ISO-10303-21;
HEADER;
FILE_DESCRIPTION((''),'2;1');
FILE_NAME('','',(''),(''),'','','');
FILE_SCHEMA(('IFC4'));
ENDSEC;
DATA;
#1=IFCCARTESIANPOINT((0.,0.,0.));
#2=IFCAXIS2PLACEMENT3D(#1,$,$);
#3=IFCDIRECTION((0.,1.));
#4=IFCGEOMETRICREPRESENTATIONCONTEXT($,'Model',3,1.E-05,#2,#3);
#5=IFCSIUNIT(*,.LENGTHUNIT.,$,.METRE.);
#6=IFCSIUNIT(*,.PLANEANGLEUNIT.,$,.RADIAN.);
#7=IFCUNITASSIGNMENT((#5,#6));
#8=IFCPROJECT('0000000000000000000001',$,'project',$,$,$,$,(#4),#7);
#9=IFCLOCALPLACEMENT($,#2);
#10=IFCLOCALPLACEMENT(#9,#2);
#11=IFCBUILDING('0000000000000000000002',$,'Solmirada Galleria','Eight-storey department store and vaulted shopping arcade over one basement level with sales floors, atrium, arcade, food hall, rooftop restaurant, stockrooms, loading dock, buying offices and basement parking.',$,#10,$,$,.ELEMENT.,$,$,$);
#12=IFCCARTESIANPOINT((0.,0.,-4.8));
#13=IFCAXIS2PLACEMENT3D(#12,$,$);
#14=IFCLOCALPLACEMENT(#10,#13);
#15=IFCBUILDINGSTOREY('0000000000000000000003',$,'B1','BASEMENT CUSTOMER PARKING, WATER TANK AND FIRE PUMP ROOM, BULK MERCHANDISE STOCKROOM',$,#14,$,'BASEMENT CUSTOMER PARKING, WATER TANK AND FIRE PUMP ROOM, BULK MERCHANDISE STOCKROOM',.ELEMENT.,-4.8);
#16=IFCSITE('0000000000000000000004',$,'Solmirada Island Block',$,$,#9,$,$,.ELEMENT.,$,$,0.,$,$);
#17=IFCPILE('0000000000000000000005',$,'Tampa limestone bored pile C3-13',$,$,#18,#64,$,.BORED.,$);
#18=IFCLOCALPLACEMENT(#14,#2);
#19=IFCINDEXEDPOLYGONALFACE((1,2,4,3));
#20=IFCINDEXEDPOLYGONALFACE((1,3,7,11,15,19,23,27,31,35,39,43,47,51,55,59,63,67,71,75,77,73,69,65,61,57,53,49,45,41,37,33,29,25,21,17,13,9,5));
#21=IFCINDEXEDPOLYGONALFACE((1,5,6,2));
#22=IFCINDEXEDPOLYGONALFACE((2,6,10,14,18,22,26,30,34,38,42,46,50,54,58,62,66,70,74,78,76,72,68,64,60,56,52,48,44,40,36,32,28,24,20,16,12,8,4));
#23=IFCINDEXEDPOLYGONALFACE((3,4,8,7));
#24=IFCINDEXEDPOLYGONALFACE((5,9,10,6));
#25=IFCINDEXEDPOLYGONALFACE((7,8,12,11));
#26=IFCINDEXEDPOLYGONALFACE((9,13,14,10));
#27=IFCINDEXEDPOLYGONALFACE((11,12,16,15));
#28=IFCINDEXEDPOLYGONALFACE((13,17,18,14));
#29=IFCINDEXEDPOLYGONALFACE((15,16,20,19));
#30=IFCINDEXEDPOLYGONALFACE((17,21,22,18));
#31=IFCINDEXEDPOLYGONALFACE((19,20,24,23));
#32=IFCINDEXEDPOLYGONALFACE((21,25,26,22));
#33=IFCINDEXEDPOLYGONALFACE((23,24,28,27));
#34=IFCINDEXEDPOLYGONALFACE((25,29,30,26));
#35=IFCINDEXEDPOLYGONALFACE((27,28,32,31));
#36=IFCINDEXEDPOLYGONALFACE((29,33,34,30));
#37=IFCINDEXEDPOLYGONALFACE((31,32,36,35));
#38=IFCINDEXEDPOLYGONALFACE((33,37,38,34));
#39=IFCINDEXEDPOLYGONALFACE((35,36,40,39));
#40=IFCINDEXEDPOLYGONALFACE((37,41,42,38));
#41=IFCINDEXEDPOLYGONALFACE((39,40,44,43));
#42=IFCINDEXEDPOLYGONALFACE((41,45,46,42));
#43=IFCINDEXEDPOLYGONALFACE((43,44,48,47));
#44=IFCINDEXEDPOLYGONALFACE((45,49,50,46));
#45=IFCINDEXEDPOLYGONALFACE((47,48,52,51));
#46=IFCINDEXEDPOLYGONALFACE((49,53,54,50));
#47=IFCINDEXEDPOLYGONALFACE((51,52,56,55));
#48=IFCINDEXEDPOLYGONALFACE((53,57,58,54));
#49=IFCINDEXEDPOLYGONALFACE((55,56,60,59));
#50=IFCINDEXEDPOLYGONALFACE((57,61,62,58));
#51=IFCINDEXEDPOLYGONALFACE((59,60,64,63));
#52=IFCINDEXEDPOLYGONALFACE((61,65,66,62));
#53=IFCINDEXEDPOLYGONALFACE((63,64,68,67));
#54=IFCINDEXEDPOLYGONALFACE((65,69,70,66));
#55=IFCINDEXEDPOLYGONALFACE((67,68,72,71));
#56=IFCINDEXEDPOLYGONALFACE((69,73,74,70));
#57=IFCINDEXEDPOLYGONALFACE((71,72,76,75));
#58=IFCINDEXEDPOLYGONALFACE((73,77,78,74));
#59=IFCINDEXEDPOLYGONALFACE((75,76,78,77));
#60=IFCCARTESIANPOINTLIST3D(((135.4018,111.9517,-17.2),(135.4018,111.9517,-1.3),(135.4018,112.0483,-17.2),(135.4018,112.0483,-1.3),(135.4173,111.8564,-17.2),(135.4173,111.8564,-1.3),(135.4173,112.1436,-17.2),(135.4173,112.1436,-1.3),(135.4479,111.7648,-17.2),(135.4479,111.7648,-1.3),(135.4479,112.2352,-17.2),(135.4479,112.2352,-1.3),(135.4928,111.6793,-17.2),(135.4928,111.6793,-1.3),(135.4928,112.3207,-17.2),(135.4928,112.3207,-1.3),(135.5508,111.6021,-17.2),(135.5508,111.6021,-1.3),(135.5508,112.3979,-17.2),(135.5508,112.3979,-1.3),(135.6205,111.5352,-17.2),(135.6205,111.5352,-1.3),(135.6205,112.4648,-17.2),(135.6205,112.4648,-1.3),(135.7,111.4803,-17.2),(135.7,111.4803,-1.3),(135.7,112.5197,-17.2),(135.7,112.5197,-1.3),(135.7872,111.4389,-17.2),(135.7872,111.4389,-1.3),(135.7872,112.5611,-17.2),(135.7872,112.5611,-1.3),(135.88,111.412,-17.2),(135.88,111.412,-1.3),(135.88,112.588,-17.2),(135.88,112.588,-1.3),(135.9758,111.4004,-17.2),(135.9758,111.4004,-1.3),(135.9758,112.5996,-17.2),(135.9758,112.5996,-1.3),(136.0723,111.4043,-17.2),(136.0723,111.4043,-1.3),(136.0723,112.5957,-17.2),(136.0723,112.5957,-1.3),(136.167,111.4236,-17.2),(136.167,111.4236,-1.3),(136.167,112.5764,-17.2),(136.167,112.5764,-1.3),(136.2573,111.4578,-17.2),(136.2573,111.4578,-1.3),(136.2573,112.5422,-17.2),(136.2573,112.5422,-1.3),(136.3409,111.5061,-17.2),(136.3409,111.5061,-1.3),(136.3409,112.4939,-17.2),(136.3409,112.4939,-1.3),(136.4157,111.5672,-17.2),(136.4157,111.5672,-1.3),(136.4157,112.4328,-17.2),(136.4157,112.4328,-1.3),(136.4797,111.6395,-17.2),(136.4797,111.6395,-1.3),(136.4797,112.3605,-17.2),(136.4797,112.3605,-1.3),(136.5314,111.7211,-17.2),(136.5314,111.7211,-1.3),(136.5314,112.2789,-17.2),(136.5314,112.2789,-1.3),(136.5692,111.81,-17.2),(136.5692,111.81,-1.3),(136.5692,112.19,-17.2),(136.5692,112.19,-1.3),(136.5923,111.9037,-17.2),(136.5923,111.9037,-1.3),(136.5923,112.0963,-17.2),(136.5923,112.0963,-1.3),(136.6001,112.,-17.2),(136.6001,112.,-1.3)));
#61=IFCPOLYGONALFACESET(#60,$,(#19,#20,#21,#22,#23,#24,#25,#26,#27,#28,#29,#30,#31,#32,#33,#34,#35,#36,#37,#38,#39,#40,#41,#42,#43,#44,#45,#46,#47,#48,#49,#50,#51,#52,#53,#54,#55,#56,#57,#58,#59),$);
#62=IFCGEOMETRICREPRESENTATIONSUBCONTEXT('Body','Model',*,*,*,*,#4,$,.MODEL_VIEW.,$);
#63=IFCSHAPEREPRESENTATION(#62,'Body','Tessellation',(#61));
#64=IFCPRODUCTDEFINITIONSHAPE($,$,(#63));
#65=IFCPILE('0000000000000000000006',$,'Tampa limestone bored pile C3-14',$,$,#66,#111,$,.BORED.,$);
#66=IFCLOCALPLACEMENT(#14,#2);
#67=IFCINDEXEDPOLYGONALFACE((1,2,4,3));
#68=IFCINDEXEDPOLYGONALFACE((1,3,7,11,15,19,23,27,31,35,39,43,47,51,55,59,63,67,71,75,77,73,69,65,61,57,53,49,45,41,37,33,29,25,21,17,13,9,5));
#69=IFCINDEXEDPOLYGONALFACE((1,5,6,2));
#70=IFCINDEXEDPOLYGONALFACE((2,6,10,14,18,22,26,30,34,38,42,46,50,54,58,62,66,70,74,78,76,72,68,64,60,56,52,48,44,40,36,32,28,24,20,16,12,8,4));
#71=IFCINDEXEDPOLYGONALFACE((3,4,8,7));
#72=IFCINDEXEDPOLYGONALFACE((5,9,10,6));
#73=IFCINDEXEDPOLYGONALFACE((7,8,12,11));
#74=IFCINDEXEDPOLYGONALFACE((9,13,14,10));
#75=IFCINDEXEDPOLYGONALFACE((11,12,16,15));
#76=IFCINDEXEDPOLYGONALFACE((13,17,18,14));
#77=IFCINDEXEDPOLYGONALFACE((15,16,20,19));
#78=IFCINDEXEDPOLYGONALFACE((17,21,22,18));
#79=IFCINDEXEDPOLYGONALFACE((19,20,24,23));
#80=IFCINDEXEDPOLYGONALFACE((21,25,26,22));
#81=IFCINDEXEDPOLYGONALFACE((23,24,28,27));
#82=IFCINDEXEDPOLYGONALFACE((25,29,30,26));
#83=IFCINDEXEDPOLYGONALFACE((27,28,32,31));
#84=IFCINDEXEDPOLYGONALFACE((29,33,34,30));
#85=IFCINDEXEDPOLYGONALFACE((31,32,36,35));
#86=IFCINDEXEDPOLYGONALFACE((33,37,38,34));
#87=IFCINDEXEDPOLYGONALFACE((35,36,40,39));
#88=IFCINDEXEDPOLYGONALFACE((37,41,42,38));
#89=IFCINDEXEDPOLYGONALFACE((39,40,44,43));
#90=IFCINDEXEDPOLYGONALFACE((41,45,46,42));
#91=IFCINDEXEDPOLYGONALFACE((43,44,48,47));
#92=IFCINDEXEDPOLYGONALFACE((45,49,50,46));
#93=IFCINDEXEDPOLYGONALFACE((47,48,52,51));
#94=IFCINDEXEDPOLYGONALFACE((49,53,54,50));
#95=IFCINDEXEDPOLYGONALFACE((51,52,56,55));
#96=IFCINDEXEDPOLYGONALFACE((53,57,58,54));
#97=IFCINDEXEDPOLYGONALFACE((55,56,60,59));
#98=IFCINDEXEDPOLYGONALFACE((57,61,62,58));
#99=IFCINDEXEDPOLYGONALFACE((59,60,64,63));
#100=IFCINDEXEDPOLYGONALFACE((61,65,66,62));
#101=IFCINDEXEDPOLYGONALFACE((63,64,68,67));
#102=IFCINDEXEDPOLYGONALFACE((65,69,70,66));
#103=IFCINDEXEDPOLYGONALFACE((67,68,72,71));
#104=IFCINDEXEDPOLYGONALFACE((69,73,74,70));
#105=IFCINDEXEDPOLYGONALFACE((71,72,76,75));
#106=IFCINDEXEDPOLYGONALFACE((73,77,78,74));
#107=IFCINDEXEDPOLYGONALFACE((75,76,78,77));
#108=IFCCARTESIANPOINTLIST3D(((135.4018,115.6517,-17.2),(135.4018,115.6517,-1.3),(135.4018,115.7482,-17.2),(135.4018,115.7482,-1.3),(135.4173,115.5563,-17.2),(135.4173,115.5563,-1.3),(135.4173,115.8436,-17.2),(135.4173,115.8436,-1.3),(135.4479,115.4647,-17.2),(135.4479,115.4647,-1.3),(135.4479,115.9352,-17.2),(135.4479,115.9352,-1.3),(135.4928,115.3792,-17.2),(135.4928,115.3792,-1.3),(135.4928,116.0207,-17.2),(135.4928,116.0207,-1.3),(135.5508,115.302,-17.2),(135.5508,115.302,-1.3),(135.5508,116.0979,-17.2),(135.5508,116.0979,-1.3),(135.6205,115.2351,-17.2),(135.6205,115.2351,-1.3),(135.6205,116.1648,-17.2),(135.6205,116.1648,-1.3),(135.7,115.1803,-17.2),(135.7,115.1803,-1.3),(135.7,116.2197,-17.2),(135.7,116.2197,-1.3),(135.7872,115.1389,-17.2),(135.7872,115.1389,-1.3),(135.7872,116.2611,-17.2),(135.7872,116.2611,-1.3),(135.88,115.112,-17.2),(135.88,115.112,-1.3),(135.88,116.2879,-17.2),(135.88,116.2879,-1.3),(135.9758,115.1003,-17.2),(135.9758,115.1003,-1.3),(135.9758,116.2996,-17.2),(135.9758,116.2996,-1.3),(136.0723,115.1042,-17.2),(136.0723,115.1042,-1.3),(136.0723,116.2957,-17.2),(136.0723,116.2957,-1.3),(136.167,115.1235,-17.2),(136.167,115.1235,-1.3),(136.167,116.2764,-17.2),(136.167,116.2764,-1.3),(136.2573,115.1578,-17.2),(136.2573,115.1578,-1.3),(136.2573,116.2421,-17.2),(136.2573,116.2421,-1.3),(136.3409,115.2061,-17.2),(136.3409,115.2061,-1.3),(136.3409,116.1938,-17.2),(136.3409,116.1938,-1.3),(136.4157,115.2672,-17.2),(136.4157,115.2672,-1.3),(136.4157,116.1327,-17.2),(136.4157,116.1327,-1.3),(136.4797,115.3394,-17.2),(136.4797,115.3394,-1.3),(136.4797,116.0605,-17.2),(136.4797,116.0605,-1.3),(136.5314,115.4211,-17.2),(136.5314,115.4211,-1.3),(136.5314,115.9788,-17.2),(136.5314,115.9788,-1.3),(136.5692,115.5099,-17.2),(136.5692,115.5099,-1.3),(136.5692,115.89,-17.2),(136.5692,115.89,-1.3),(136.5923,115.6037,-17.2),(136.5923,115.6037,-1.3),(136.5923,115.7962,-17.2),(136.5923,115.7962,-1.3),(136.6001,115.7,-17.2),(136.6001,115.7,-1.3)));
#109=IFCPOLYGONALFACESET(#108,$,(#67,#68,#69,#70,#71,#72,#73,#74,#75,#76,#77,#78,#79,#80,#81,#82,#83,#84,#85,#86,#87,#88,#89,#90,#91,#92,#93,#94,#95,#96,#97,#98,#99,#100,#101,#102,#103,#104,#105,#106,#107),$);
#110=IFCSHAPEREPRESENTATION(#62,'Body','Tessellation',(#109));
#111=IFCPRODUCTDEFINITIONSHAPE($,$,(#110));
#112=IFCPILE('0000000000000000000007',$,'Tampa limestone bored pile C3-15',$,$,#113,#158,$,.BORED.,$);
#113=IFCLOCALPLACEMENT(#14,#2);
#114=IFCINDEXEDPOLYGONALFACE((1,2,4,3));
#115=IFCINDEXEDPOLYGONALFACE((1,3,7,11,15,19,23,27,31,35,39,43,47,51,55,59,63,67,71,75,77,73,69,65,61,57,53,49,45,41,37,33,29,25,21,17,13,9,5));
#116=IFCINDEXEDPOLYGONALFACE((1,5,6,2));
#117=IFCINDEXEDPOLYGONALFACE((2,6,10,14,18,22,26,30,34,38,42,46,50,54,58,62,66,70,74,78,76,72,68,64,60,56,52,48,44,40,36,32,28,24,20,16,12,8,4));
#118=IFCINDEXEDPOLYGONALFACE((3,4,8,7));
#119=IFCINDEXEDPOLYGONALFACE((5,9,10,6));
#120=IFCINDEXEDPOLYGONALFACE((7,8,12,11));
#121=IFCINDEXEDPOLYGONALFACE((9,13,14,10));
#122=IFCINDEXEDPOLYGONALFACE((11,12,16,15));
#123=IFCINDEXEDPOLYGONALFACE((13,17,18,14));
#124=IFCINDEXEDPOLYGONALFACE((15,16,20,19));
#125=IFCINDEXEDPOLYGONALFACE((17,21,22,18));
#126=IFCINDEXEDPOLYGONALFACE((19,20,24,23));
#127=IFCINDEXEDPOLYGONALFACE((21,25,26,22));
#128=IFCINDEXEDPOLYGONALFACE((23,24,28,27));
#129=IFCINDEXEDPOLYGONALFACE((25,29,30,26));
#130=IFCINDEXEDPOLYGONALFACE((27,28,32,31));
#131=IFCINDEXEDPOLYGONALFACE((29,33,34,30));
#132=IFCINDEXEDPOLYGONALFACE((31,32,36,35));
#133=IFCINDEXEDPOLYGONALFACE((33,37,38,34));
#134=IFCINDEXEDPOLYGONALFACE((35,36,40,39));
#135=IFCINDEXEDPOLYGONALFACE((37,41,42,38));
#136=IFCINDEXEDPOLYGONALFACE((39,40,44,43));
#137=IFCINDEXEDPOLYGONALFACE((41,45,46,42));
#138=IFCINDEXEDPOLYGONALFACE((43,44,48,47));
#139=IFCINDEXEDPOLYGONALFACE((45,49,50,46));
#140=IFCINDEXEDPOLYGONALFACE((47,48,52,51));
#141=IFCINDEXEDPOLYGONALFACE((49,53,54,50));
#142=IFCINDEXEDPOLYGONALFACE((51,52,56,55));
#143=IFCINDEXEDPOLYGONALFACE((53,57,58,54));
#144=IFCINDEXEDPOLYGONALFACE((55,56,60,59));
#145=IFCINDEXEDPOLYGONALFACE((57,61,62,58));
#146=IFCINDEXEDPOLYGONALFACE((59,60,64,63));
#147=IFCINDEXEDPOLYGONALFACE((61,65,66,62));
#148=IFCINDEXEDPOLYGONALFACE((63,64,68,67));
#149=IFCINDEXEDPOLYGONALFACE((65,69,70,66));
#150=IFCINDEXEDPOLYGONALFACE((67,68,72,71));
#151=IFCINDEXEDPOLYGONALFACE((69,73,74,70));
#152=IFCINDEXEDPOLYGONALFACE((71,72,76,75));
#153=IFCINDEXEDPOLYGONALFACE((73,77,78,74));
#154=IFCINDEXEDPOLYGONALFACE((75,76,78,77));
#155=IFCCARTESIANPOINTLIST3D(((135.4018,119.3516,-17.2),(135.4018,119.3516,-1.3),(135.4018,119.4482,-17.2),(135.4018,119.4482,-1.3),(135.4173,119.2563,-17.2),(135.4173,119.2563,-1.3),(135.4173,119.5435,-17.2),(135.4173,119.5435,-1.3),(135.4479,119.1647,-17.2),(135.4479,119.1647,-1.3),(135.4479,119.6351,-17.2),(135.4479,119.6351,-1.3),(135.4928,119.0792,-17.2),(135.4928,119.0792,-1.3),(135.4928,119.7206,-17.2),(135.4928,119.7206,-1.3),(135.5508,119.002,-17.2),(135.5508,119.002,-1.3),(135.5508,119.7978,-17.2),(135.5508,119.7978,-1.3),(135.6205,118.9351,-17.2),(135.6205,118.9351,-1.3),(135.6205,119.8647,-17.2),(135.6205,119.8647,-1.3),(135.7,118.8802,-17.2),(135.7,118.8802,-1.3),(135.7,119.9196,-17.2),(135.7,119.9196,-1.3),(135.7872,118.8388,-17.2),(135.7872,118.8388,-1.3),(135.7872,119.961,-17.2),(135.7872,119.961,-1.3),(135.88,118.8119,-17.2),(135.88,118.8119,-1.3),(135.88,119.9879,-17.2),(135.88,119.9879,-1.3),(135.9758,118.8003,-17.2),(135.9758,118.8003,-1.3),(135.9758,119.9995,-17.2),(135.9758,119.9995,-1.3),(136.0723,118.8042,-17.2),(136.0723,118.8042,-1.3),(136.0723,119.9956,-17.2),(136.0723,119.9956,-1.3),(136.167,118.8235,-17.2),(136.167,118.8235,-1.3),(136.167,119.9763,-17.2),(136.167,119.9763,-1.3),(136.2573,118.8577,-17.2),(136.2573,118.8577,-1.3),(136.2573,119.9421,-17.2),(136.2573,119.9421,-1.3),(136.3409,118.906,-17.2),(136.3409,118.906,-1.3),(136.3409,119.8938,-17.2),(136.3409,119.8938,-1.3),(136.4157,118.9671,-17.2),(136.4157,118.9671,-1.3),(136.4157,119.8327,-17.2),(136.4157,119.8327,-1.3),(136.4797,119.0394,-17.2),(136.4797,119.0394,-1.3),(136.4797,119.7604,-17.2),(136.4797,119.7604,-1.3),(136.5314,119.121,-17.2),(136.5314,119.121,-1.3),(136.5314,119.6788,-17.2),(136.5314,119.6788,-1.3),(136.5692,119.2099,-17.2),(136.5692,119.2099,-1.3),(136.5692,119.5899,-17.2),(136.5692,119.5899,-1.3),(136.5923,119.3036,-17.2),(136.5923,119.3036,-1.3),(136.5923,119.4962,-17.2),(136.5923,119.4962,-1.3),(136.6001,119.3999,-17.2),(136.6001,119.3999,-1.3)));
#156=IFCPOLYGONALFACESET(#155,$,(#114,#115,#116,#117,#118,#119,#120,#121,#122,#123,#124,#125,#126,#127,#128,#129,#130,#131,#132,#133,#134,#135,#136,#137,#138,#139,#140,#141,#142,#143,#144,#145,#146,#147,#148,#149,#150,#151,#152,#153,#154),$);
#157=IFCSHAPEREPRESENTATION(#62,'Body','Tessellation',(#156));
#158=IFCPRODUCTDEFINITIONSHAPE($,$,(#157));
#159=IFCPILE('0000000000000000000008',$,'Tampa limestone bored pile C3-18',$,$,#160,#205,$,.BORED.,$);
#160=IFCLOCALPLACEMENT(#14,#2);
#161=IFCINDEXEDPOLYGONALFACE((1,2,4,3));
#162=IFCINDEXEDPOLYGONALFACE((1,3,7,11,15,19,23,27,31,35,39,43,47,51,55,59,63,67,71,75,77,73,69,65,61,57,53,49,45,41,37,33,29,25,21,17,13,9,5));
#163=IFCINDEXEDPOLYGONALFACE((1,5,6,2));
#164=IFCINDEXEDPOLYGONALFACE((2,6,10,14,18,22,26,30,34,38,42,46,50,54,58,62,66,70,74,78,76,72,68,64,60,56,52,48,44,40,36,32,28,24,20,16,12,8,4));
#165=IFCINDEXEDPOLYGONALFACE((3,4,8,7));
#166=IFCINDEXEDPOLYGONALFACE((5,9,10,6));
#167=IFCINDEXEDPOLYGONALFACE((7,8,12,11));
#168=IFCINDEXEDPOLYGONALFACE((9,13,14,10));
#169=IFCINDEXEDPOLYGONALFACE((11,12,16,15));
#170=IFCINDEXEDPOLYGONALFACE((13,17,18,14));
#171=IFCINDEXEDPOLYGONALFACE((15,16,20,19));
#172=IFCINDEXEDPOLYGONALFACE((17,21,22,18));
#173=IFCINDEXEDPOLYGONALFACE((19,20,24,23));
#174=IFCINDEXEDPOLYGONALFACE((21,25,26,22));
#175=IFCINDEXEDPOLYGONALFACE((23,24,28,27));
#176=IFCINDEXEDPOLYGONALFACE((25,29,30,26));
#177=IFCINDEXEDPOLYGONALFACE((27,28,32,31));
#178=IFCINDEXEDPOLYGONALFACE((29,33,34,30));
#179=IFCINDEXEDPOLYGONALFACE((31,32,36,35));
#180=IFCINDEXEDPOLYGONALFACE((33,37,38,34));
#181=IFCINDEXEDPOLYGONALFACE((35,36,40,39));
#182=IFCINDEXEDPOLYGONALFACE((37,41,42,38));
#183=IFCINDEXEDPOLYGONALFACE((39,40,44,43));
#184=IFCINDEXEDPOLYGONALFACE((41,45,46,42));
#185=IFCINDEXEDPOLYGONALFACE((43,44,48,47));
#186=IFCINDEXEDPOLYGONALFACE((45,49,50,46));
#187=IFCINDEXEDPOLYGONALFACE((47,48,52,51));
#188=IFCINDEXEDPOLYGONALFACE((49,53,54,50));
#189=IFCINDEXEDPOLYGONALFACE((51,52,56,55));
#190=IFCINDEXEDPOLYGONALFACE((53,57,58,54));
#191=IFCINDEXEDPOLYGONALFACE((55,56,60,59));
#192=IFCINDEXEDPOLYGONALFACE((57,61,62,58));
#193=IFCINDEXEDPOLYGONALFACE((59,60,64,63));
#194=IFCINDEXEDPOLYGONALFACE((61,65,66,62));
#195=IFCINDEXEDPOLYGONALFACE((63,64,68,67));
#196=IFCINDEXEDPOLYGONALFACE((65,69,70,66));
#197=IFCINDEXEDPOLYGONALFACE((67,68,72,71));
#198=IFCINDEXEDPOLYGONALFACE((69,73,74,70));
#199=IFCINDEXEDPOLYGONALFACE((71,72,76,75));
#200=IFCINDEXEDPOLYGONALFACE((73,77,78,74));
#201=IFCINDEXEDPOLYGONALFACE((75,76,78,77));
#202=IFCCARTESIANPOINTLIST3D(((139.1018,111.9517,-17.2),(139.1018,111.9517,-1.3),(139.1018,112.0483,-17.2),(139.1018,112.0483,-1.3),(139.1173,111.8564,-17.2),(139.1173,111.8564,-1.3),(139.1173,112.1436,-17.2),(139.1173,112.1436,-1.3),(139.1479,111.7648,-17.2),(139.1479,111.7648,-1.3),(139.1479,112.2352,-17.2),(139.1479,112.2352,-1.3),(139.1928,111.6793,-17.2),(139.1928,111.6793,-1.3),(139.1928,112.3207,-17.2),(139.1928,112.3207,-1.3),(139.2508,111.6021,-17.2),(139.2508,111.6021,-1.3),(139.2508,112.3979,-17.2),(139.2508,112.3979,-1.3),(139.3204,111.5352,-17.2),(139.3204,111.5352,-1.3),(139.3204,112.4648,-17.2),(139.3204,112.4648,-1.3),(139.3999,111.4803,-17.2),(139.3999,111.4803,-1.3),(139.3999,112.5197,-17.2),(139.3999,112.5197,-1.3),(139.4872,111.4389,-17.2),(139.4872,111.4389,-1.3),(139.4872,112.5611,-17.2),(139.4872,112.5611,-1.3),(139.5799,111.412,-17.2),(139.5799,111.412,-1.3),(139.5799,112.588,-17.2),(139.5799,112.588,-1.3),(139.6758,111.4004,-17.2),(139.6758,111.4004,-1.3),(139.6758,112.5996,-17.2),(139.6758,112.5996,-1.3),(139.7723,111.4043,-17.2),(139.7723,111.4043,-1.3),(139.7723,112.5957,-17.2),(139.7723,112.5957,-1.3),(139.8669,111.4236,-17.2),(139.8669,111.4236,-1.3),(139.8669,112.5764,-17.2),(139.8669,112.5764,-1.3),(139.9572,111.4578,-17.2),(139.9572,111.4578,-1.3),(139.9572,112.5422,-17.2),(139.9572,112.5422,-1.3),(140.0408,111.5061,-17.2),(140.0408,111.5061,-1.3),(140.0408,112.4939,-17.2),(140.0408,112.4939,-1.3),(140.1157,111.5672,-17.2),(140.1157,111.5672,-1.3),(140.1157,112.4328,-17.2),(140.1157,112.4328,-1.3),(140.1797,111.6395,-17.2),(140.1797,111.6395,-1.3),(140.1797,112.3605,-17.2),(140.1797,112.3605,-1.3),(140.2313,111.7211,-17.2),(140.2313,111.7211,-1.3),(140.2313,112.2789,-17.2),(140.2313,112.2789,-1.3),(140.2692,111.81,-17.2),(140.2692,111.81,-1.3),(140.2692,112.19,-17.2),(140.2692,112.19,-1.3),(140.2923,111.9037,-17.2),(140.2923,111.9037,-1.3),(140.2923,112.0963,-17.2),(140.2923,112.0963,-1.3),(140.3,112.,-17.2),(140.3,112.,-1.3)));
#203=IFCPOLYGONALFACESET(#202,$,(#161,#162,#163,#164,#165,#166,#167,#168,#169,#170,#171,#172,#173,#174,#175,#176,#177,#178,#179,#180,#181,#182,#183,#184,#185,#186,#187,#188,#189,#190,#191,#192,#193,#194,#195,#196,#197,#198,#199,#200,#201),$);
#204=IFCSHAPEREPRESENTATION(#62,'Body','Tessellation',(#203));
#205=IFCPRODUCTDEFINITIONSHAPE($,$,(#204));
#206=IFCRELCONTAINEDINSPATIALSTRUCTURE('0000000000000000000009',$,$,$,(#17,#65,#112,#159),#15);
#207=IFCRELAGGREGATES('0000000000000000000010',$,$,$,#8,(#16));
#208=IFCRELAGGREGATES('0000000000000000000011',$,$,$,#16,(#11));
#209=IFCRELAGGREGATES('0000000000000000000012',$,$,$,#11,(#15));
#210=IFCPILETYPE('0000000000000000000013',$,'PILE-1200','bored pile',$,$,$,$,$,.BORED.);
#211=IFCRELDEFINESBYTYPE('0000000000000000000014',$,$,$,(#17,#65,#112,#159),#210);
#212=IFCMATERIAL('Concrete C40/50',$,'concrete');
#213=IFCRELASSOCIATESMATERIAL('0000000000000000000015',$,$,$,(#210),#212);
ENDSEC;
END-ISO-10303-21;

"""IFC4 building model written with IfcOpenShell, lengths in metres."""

from ifc_helpers import new_model, si_unit, direction, frame, origin, origin_2d, place, context, subcontext, project, spatial, circle, extrude, material, material_profile, profile_set, type_object, element, save


model = new_model("IFC4")

# Units and contexts
model_context = context("Model", 3, precision=1e-05, world=origin(), true_north=direction((0.0, 1.0)))
body_context = subcontext(model_context, "Body", "Model", "MODEL_VIEW")
ifc_project = project(units=[si_unit("LENGTHUNIT", "METRE"), si_unit("PLANEANGLEUNIT", "RADIAN")], contexts=[model_context])

# Site, building, storey
site_placement = place(None, origin())
site = spatial("IfcSite", under=ifc_project, at=site_placement, Name="Solmirada Island Block", CompositionType="ELEMENT", RefElevation=0.0)
building_placement = place(site_placement, origin())
building = spatial("IfcBuilding", under=site, at=building_placement, Name="Solmirada Galleria", Description="Eight-storey department store and vaulted shopping arcade over one basement level with sales floors, atrium, arcade, food hall, rooftop restaurant, stockrooms, loading dock, buying offices and basement parking.", CompositionType="ELEMENT")
storey_placement = place(building_placement, frame((0.0, 0.0, -4.8)))
storey = spatial("IfcBuildingStorey", under=building, at=storey_placement, Name="B1", Description="BASEMENT CUSTOMER PARKING, WATER TANK AND FIRE PUMP ROOM, BULK MERCHANDISE STOCKROOM", LongName="BASEMENT CUSTOMER PARKING, WATER TANK AND FIRE PUMP ROOM, BULK MERCHANDISE STOCKROOM", CompositionType="ELEMENT", Elevation=-4.8)

# Piles
ifc_material_1 = material(Name="Concrete C40/50", Category="concrete")
ifc_material_profile_1 = material_profile(ifc_material_1, circle(Radius=0.6001, at=origin_2d()), Name="PILE1200")
ifc_profile_set_1 = profile_set([ifc_material_profile_1], Name="Concrete C40/50")
pile_type = type_object("IfcPileType", Name="PILE-1200", Description="bored pile", PredefinedType="BORED", material=ifc_profile_set_1)
for number, where, z_axis, x_axis, name in (
    (1, (136.0, 112.0, -1.3), (0.0, 0.0, -1.0), (1.0, 0.0, 0.0), "Tampa limestone bored pile C3-13"),
    (2, (136.0, 115.7, -1.3), (0.0, 0.0, -1.0), (1.0, 0.0, 0.0), "Tampa limestone bored pile C3-14"),
    (3, (136.0, 119.3999, -1.3), (0.0, 0.0, -1.0), (1.0, 0.0, 0.0), "Tampa limestone bored pile C3-15"),
    (4, (139.7, 112.0, -1.3), (0.0, 0.0, -1.0), (1.0, 0.0, 0.0), "Tampa limestone bored pile C3-18"),
):
    element("IfcPile", number, at=place(storey_placement, frame(where, z_axis=z_axis, x_axis=x_axis)), inside=storey, type_object=pile_type, Name=name, PredefinedType="BORED", context=body_context, shape_type="SweptSolid", body=[
        extrude(circle(Radius=0.6001, at=origin_2d()), origin(), (0.0, 0.0, 1.0), 15.8999),
    ])

save(model, "model.ifc")
